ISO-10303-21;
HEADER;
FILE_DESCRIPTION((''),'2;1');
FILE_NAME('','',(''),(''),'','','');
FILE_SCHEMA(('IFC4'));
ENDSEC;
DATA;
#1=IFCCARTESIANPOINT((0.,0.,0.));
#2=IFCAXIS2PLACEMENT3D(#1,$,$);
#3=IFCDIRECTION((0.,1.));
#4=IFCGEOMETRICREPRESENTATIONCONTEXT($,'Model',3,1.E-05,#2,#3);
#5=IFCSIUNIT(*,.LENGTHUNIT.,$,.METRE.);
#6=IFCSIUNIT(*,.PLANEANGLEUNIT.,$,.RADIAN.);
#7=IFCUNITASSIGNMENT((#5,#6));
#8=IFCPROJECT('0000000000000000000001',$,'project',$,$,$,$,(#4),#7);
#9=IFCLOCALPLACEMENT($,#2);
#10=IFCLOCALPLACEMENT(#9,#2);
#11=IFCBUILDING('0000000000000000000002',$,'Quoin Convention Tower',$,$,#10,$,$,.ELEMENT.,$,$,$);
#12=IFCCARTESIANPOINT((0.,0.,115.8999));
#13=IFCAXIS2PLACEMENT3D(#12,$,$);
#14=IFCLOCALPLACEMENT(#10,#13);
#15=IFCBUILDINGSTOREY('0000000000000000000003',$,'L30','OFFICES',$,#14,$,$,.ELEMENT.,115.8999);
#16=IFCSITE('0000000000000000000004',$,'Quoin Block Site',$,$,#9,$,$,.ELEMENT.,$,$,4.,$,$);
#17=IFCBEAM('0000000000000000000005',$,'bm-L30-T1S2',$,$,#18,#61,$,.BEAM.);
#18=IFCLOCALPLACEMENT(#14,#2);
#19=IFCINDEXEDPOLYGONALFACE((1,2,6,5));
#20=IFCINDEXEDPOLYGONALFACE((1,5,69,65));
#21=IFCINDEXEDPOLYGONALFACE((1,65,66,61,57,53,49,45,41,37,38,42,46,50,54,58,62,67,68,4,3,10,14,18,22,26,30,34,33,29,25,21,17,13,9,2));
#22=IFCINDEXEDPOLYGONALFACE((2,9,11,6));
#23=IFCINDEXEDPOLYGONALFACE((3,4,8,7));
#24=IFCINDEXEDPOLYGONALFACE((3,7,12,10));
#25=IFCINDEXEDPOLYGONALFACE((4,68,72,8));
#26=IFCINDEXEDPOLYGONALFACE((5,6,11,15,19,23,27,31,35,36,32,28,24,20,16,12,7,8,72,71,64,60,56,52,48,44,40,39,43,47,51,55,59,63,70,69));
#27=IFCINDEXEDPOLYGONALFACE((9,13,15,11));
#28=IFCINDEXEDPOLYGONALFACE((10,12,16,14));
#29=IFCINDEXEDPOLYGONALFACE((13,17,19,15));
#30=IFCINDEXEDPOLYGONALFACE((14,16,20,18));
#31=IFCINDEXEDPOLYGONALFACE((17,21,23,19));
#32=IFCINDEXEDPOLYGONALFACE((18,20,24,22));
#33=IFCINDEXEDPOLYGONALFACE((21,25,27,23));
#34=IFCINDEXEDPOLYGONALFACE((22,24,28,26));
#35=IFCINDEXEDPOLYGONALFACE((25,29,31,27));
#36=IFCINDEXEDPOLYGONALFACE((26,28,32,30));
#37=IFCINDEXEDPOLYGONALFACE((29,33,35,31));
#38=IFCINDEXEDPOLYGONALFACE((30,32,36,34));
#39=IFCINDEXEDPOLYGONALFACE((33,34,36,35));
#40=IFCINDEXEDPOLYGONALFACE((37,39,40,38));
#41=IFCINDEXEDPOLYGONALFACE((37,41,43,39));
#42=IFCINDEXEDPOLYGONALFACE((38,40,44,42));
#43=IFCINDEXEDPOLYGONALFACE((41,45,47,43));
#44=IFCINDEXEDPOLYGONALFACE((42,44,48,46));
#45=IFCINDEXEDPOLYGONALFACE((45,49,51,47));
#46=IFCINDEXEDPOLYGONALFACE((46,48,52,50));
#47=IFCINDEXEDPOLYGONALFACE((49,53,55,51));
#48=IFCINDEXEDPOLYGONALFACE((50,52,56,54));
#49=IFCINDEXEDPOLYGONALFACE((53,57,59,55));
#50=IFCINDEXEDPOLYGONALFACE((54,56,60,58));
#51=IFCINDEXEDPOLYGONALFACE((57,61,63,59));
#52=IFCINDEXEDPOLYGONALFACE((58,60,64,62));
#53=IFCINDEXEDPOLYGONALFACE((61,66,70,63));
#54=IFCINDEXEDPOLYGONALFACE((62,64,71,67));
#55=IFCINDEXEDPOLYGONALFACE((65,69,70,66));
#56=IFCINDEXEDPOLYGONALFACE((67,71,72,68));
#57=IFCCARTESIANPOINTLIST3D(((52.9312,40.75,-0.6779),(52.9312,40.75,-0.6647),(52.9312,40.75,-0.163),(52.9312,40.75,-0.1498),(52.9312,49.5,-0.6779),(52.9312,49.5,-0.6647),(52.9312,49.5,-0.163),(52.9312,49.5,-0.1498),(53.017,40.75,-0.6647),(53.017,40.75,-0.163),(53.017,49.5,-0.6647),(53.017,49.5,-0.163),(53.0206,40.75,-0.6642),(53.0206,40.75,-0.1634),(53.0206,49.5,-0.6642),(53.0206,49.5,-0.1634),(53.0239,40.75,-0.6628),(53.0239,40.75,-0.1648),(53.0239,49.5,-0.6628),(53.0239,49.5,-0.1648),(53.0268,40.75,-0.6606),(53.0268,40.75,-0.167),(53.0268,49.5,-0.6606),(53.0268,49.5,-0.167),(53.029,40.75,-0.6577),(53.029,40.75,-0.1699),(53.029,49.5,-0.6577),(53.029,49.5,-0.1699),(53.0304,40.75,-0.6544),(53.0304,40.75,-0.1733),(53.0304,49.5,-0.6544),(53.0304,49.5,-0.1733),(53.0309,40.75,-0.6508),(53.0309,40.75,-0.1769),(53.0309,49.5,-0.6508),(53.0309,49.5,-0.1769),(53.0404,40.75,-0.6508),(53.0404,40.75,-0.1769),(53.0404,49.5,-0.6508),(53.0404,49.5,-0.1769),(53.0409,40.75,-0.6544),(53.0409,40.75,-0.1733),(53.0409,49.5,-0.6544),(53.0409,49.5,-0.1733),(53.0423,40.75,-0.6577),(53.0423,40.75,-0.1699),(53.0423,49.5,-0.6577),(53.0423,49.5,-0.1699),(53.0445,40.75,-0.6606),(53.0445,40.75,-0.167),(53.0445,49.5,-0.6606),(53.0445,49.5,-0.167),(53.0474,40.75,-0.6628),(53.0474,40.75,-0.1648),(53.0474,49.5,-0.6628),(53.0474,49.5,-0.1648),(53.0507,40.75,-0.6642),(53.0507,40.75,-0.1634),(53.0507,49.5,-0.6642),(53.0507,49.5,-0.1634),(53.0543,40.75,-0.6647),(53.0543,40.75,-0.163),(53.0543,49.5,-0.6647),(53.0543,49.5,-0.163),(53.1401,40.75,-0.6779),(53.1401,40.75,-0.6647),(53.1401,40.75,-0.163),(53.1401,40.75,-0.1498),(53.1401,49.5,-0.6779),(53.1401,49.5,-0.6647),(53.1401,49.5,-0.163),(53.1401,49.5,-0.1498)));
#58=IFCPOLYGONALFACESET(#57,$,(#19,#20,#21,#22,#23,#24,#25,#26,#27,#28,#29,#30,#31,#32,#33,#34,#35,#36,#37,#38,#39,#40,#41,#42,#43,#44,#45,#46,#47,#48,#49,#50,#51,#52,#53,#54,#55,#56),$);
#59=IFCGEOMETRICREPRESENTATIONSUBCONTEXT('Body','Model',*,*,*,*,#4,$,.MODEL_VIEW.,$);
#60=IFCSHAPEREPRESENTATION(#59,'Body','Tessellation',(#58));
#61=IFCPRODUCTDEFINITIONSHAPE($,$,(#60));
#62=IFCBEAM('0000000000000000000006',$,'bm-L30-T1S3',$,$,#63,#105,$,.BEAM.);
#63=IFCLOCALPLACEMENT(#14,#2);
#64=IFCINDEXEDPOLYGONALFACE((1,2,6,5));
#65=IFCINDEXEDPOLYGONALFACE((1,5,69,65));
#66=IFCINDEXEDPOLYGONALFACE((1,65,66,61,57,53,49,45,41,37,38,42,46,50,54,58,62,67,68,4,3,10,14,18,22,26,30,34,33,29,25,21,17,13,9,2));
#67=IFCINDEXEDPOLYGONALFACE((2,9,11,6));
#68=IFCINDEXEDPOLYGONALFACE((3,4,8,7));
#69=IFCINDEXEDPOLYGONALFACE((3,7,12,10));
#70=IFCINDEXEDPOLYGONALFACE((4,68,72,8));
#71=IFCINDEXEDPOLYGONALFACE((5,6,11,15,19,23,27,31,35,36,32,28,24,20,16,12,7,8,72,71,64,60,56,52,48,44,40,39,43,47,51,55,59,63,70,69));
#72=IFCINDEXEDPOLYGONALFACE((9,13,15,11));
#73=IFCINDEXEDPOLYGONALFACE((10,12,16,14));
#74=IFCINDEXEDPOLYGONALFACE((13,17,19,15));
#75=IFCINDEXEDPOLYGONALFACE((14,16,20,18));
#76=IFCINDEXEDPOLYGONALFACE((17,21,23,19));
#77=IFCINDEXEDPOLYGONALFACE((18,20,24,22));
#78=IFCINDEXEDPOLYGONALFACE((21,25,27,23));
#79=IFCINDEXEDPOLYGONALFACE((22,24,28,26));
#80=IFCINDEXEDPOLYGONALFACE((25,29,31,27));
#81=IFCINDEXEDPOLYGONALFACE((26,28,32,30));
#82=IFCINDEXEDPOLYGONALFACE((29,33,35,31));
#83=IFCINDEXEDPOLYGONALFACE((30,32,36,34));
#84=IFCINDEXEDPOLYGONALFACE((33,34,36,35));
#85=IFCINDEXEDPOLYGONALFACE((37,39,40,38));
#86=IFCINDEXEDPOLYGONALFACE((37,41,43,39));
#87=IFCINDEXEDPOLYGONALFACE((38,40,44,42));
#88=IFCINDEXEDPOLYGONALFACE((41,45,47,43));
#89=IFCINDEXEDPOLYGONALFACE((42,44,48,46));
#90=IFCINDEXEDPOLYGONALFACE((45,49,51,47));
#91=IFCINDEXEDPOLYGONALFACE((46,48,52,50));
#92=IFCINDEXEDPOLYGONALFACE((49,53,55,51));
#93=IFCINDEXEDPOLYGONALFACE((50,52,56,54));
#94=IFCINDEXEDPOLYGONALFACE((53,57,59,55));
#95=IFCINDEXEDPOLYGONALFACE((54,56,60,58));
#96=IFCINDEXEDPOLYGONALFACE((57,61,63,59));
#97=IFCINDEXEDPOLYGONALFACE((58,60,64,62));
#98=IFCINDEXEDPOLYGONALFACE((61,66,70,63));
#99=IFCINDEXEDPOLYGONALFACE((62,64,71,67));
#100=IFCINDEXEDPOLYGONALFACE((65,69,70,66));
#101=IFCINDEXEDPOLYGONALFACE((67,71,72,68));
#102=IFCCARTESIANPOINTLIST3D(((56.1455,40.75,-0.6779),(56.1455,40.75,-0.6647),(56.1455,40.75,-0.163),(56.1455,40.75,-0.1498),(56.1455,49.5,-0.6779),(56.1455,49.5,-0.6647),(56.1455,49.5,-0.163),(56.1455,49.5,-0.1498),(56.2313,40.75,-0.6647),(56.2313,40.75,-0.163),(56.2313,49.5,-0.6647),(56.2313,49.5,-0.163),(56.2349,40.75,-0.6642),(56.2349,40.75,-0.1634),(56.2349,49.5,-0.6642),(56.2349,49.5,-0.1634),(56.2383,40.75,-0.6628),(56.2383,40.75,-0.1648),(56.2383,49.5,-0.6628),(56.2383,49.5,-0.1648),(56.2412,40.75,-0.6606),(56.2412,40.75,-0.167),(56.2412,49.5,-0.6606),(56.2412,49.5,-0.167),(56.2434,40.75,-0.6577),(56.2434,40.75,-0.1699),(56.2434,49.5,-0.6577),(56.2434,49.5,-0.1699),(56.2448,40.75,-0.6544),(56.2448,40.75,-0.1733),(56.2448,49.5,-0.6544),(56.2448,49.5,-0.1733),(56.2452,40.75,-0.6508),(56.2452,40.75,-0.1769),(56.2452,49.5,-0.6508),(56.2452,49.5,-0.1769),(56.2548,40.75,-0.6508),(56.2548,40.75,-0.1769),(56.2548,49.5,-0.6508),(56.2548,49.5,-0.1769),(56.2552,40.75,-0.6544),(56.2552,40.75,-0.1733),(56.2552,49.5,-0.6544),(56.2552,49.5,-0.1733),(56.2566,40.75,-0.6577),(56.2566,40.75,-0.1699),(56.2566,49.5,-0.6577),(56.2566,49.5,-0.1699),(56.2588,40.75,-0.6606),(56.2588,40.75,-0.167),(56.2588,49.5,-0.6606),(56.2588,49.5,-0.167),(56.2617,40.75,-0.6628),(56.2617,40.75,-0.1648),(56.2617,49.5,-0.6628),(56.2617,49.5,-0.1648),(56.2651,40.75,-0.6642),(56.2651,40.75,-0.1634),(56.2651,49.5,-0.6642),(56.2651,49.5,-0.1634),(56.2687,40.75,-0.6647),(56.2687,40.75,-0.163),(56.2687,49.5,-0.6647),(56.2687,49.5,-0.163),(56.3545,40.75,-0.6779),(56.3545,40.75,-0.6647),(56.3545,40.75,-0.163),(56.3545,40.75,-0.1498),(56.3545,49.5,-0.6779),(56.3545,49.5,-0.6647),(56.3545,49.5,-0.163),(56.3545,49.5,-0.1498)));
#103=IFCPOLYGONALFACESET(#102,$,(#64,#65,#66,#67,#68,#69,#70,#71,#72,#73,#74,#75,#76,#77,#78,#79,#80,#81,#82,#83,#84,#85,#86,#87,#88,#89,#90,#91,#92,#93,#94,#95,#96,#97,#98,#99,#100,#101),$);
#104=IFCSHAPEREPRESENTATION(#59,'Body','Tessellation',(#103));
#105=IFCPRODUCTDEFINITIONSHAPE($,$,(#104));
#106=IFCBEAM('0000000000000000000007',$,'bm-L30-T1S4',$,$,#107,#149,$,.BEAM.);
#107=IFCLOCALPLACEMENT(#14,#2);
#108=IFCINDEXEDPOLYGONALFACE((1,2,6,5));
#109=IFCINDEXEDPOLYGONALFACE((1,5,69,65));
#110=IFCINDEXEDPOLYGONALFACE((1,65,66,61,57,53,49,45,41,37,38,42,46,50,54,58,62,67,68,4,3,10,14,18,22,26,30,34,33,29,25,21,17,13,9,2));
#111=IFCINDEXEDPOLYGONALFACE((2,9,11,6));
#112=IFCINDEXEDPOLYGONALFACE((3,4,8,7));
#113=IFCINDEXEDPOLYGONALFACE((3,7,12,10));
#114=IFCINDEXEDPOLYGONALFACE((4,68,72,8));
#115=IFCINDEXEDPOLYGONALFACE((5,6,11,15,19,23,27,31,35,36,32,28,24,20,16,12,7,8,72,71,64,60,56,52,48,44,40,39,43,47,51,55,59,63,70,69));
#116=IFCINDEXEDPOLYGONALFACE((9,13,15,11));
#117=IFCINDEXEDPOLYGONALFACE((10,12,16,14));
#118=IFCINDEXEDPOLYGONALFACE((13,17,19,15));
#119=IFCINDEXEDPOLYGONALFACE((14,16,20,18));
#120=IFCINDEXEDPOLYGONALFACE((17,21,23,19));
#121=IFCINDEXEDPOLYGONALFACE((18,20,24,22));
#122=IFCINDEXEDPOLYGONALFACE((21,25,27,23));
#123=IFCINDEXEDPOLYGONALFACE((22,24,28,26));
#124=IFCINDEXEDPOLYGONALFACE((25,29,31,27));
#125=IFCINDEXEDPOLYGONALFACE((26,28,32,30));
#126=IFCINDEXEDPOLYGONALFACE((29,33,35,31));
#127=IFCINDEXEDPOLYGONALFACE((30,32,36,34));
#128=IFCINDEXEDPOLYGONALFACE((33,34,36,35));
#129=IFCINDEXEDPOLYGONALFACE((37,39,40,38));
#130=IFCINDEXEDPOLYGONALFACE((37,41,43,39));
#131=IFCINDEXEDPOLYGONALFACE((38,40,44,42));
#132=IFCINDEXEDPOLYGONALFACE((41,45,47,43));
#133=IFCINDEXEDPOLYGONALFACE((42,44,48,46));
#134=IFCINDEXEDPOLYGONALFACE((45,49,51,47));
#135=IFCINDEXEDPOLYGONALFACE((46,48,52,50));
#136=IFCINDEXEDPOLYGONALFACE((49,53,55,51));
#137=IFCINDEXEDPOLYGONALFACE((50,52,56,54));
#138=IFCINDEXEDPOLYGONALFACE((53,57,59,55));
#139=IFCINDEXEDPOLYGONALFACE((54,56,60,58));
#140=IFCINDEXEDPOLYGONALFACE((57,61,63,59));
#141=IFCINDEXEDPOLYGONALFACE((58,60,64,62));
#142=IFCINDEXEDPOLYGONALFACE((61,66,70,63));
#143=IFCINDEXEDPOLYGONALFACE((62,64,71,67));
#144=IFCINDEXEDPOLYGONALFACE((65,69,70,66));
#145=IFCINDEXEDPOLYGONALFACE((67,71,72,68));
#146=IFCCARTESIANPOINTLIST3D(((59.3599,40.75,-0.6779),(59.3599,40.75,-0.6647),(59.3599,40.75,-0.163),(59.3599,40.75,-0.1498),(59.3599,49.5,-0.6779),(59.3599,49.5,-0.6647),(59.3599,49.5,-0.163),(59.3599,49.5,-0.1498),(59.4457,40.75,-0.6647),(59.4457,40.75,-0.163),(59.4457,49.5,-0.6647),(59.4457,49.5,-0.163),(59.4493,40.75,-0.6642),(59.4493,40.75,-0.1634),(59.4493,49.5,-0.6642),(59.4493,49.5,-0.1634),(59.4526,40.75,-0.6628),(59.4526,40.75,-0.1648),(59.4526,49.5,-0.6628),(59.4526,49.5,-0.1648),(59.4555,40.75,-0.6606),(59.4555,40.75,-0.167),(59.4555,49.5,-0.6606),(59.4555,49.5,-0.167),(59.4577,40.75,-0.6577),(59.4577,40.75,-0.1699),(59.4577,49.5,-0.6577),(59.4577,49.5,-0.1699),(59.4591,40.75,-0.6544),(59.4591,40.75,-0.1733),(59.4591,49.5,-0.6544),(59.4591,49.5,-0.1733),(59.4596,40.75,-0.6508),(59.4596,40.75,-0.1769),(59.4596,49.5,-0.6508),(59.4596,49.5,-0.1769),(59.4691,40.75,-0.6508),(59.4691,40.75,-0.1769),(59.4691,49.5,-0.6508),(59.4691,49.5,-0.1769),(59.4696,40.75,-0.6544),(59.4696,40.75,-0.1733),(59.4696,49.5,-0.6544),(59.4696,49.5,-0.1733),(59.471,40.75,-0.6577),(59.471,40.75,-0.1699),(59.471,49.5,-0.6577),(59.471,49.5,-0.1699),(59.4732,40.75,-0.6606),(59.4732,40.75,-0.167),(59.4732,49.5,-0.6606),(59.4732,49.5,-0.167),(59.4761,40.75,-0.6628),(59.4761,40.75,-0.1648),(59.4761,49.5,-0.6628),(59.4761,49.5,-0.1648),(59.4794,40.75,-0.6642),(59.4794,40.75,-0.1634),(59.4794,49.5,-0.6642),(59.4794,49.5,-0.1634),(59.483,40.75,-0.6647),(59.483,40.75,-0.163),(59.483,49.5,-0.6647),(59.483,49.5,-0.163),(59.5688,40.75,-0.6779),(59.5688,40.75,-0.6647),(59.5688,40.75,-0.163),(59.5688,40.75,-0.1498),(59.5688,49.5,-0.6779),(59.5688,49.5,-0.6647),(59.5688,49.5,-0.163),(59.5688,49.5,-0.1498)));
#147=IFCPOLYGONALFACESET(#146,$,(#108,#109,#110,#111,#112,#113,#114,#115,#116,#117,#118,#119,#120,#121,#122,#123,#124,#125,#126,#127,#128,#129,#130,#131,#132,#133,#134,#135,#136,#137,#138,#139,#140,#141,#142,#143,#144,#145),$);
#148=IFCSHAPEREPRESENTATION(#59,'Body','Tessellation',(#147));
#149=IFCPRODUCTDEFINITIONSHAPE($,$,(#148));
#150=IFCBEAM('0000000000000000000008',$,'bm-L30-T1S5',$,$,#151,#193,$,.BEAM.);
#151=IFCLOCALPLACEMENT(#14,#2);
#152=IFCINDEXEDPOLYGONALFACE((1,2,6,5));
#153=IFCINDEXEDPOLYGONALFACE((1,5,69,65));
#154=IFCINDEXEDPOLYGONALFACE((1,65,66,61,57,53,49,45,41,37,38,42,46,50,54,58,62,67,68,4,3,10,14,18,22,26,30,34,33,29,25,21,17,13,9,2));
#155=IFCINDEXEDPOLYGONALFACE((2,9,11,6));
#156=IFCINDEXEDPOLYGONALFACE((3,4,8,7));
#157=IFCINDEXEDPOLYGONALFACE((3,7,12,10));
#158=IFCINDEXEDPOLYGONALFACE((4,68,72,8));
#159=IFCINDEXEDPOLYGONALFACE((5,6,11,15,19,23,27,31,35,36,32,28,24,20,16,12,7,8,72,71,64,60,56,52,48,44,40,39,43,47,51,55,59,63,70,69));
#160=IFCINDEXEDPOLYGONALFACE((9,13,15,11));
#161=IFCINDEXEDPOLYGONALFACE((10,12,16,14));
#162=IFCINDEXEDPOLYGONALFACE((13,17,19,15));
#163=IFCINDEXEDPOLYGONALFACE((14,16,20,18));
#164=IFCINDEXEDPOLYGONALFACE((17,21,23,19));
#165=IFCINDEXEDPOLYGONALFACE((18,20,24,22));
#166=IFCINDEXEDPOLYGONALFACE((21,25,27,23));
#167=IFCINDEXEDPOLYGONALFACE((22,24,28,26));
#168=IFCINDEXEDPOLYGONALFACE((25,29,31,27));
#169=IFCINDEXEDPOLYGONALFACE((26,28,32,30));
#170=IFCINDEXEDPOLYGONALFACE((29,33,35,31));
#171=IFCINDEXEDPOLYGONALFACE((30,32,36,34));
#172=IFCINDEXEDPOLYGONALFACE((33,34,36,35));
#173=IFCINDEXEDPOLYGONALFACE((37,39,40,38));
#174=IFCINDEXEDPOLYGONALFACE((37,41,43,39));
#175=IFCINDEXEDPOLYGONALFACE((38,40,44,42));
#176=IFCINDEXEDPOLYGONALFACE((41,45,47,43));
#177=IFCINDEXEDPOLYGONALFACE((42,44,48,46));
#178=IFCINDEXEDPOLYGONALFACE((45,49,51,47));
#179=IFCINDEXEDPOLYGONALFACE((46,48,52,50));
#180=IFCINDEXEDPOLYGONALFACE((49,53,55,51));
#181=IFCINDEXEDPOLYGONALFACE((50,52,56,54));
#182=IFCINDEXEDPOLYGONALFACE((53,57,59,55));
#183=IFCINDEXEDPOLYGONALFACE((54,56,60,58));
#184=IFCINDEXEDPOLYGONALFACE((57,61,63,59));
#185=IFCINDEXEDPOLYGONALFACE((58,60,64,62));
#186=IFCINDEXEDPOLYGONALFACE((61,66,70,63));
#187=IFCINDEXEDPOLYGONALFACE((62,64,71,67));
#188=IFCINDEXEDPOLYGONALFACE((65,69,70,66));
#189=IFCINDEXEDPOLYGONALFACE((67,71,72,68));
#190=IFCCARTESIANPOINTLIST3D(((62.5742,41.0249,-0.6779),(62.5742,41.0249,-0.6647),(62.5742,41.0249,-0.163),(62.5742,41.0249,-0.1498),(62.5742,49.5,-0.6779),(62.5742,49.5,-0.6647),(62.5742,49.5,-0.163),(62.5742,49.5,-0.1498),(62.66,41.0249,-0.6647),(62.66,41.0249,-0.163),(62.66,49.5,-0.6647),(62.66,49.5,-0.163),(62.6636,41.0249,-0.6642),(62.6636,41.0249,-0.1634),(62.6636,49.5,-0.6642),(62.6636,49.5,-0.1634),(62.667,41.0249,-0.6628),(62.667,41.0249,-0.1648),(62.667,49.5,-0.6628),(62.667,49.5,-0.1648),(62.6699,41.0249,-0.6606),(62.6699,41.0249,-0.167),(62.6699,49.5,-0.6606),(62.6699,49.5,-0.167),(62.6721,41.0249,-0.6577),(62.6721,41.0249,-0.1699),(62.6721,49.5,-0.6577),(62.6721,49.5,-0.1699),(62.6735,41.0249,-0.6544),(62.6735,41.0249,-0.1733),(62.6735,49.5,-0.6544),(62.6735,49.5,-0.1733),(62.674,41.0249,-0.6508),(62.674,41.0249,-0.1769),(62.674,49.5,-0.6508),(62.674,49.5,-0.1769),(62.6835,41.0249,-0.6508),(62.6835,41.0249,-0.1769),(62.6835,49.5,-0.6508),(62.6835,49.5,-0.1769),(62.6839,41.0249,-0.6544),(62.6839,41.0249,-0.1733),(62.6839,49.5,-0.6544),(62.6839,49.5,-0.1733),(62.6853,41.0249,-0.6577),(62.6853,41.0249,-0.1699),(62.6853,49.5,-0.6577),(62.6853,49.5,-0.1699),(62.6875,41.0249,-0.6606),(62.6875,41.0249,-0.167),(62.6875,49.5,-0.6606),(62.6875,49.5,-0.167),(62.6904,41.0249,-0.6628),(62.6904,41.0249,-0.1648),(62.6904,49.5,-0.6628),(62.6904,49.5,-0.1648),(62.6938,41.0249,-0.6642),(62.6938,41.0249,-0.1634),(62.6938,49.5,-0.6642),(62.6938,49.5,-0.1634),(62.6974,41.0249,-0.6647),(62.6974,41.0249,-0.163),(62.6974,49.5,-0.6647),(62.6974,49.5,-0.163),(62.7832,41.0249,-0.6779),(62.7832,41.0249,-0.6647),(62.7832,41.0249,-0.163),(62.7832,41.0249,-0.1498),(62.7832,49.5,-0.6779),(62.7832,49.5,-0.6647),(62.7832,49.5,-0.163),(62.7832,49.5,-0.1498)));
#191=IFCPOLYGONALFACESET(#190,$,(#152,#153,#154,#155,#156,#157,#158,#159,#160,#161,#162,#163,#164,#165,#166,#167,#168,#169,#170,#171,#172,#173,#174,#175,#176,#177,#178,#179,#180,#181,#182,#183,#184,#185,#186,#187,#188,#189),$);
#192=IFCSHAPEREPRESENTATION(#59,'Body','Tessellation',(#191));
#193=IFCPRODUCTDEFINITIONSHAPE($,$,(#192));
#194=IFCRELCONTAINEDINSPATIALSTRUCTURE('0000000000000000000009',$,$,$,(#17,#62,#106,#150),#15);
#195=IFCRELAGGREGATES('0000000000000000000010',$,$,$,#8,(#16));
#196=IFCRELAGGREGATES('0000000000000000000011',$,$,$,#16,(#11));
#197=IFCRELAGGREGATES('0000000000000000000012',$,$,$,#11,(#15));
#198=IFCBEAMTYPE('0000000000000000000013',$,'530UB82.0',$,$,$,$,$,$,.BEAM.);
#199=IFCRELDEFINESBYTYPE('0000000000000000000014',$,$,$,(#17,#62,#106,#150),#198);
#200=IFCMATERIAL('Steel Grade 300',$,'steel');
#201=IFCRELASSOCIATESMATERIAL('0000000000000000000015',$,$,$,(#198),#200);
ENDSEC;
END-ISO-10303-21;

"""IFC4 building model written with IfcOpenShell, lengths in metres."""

from ifc_helpers import new_model, si_unit, direction, frame, origin, origin_2d, place, context, subcontext, project, spatial, i_section, extrude, material, material_profile, profile_set, type_object, element, save


model = new_model("IFC4")

# Units and contexts
model_context = context("Model", 3, precision=1e-05, world=origin(), true_north=direction((0.0, 1.0)))
body_context = subcontext(model_context, "Body", "Model", "MODEL_VIEW")
ifc_project = project(units=[si_unit("LENGTHUNIT", "METRE"), si_unit("PLANEANGLEUNIT", "RADIAN")], contexts=[model_context])

# Site, building, storey
site_placement = place(None, origin())
site = spatial("IfcSite", under=ifc_project, at=site_placement, Name="Quoin Block Site", CompositionType="ELEMENT", RefElevation=4.0)
building_placement = place(site_placement, origin())
building = spatial("IfcBuilding", under=site, at=building_placement, Name="Quoin Convention Tower", CompositionType="ELEMENT")
storey_placement = place(building_placement, frame((0.0, 0.0, 115.8999)))
storey = spatial("IfcBuildingStorey", under=building, at=storey_placement, Name="L30", Description="OFFICES", CompositionType="ELEMENT", Elevation=115.8999)

# Beams
ifc_material_1 = material(Name="Steel Grade 300", Category="steel")
ifc_material_profile = material_profile(ifc_material_1, i_section(OverallWidth=0.209, OverallDepth=0.5281, WebThickness=0.0095, FlangeThickness=0.0132, FilletRadius=0.0139, at=origin_2d()), Name="530UB82.0")
ifc_profile_set = profile_set([ifc_material_profile], Name="Steel Grade 300")
beam_type = type_object("IfcBeamType", Name="530UB82.0", PredefinedType="BEAM", material=ifc_profile_set)
for number, where, z_axis, x_axis, name in (
    (1, (53.0356, 40.75, -0.4138), (0.0, 1.0, 0.0), (-1.0, 0.0, 0.0), "bm-L30-T1S2"),
    (2, (56.25, 40.75, -0.4138), (0.0, 1.0, 0.0), (-1.0, 0.0, 0.0), "bm-L30-T1S3"),
    (3, (59.4644, 40.75, -0.4138), (0.0, 1.0, 0.0), (-1.0, 0.0, 0.0), "bm-L30-T1S4"),
):
    element("IfcBeam", number, at=place(storey_placement, frame(where, z_axis=z_axis, x_axis=x_axis)), inside=storey, type_object=beam_type, Name=name, PredefinedType="BEAM", context=body_context, shape_type="SweptSolid", body=[
        extrude(i_section(OverallWidth=0.209, OverallDepth=0.5281, WebThickness=0.0095, FlangeThickness=0.0132, FilletRadius=0.0139, at=origin_2d()), origin(), (0.0, 0.0, 1.0), 8.75),
    ])
beam_placement = place(storey_placement, frame((62.6787, 41.0249, -0.4138), z_axis=(0.0, 1.0, 0.0), x_axis=(-1.0, 0.0, 0.0)))
element("IfcBeam", 4, at=beam_placement, inside=storey, type_object=beam_type, Name="bm-L30-T1S5", PredefinedType="BEAM", context=body_context, shape_type="SweptSolid", body=[
    extrude(i_section(OverallWidth=0.209, OverallDepth=0.5281, WebThickness=0.0095, FlangeThickness=0.0132, FilletRadius=0.0139, at=origin_2d()), origin(), (0.0, 0.0, 1.0), 8.4751),
])

save(model, "model.ifc")
